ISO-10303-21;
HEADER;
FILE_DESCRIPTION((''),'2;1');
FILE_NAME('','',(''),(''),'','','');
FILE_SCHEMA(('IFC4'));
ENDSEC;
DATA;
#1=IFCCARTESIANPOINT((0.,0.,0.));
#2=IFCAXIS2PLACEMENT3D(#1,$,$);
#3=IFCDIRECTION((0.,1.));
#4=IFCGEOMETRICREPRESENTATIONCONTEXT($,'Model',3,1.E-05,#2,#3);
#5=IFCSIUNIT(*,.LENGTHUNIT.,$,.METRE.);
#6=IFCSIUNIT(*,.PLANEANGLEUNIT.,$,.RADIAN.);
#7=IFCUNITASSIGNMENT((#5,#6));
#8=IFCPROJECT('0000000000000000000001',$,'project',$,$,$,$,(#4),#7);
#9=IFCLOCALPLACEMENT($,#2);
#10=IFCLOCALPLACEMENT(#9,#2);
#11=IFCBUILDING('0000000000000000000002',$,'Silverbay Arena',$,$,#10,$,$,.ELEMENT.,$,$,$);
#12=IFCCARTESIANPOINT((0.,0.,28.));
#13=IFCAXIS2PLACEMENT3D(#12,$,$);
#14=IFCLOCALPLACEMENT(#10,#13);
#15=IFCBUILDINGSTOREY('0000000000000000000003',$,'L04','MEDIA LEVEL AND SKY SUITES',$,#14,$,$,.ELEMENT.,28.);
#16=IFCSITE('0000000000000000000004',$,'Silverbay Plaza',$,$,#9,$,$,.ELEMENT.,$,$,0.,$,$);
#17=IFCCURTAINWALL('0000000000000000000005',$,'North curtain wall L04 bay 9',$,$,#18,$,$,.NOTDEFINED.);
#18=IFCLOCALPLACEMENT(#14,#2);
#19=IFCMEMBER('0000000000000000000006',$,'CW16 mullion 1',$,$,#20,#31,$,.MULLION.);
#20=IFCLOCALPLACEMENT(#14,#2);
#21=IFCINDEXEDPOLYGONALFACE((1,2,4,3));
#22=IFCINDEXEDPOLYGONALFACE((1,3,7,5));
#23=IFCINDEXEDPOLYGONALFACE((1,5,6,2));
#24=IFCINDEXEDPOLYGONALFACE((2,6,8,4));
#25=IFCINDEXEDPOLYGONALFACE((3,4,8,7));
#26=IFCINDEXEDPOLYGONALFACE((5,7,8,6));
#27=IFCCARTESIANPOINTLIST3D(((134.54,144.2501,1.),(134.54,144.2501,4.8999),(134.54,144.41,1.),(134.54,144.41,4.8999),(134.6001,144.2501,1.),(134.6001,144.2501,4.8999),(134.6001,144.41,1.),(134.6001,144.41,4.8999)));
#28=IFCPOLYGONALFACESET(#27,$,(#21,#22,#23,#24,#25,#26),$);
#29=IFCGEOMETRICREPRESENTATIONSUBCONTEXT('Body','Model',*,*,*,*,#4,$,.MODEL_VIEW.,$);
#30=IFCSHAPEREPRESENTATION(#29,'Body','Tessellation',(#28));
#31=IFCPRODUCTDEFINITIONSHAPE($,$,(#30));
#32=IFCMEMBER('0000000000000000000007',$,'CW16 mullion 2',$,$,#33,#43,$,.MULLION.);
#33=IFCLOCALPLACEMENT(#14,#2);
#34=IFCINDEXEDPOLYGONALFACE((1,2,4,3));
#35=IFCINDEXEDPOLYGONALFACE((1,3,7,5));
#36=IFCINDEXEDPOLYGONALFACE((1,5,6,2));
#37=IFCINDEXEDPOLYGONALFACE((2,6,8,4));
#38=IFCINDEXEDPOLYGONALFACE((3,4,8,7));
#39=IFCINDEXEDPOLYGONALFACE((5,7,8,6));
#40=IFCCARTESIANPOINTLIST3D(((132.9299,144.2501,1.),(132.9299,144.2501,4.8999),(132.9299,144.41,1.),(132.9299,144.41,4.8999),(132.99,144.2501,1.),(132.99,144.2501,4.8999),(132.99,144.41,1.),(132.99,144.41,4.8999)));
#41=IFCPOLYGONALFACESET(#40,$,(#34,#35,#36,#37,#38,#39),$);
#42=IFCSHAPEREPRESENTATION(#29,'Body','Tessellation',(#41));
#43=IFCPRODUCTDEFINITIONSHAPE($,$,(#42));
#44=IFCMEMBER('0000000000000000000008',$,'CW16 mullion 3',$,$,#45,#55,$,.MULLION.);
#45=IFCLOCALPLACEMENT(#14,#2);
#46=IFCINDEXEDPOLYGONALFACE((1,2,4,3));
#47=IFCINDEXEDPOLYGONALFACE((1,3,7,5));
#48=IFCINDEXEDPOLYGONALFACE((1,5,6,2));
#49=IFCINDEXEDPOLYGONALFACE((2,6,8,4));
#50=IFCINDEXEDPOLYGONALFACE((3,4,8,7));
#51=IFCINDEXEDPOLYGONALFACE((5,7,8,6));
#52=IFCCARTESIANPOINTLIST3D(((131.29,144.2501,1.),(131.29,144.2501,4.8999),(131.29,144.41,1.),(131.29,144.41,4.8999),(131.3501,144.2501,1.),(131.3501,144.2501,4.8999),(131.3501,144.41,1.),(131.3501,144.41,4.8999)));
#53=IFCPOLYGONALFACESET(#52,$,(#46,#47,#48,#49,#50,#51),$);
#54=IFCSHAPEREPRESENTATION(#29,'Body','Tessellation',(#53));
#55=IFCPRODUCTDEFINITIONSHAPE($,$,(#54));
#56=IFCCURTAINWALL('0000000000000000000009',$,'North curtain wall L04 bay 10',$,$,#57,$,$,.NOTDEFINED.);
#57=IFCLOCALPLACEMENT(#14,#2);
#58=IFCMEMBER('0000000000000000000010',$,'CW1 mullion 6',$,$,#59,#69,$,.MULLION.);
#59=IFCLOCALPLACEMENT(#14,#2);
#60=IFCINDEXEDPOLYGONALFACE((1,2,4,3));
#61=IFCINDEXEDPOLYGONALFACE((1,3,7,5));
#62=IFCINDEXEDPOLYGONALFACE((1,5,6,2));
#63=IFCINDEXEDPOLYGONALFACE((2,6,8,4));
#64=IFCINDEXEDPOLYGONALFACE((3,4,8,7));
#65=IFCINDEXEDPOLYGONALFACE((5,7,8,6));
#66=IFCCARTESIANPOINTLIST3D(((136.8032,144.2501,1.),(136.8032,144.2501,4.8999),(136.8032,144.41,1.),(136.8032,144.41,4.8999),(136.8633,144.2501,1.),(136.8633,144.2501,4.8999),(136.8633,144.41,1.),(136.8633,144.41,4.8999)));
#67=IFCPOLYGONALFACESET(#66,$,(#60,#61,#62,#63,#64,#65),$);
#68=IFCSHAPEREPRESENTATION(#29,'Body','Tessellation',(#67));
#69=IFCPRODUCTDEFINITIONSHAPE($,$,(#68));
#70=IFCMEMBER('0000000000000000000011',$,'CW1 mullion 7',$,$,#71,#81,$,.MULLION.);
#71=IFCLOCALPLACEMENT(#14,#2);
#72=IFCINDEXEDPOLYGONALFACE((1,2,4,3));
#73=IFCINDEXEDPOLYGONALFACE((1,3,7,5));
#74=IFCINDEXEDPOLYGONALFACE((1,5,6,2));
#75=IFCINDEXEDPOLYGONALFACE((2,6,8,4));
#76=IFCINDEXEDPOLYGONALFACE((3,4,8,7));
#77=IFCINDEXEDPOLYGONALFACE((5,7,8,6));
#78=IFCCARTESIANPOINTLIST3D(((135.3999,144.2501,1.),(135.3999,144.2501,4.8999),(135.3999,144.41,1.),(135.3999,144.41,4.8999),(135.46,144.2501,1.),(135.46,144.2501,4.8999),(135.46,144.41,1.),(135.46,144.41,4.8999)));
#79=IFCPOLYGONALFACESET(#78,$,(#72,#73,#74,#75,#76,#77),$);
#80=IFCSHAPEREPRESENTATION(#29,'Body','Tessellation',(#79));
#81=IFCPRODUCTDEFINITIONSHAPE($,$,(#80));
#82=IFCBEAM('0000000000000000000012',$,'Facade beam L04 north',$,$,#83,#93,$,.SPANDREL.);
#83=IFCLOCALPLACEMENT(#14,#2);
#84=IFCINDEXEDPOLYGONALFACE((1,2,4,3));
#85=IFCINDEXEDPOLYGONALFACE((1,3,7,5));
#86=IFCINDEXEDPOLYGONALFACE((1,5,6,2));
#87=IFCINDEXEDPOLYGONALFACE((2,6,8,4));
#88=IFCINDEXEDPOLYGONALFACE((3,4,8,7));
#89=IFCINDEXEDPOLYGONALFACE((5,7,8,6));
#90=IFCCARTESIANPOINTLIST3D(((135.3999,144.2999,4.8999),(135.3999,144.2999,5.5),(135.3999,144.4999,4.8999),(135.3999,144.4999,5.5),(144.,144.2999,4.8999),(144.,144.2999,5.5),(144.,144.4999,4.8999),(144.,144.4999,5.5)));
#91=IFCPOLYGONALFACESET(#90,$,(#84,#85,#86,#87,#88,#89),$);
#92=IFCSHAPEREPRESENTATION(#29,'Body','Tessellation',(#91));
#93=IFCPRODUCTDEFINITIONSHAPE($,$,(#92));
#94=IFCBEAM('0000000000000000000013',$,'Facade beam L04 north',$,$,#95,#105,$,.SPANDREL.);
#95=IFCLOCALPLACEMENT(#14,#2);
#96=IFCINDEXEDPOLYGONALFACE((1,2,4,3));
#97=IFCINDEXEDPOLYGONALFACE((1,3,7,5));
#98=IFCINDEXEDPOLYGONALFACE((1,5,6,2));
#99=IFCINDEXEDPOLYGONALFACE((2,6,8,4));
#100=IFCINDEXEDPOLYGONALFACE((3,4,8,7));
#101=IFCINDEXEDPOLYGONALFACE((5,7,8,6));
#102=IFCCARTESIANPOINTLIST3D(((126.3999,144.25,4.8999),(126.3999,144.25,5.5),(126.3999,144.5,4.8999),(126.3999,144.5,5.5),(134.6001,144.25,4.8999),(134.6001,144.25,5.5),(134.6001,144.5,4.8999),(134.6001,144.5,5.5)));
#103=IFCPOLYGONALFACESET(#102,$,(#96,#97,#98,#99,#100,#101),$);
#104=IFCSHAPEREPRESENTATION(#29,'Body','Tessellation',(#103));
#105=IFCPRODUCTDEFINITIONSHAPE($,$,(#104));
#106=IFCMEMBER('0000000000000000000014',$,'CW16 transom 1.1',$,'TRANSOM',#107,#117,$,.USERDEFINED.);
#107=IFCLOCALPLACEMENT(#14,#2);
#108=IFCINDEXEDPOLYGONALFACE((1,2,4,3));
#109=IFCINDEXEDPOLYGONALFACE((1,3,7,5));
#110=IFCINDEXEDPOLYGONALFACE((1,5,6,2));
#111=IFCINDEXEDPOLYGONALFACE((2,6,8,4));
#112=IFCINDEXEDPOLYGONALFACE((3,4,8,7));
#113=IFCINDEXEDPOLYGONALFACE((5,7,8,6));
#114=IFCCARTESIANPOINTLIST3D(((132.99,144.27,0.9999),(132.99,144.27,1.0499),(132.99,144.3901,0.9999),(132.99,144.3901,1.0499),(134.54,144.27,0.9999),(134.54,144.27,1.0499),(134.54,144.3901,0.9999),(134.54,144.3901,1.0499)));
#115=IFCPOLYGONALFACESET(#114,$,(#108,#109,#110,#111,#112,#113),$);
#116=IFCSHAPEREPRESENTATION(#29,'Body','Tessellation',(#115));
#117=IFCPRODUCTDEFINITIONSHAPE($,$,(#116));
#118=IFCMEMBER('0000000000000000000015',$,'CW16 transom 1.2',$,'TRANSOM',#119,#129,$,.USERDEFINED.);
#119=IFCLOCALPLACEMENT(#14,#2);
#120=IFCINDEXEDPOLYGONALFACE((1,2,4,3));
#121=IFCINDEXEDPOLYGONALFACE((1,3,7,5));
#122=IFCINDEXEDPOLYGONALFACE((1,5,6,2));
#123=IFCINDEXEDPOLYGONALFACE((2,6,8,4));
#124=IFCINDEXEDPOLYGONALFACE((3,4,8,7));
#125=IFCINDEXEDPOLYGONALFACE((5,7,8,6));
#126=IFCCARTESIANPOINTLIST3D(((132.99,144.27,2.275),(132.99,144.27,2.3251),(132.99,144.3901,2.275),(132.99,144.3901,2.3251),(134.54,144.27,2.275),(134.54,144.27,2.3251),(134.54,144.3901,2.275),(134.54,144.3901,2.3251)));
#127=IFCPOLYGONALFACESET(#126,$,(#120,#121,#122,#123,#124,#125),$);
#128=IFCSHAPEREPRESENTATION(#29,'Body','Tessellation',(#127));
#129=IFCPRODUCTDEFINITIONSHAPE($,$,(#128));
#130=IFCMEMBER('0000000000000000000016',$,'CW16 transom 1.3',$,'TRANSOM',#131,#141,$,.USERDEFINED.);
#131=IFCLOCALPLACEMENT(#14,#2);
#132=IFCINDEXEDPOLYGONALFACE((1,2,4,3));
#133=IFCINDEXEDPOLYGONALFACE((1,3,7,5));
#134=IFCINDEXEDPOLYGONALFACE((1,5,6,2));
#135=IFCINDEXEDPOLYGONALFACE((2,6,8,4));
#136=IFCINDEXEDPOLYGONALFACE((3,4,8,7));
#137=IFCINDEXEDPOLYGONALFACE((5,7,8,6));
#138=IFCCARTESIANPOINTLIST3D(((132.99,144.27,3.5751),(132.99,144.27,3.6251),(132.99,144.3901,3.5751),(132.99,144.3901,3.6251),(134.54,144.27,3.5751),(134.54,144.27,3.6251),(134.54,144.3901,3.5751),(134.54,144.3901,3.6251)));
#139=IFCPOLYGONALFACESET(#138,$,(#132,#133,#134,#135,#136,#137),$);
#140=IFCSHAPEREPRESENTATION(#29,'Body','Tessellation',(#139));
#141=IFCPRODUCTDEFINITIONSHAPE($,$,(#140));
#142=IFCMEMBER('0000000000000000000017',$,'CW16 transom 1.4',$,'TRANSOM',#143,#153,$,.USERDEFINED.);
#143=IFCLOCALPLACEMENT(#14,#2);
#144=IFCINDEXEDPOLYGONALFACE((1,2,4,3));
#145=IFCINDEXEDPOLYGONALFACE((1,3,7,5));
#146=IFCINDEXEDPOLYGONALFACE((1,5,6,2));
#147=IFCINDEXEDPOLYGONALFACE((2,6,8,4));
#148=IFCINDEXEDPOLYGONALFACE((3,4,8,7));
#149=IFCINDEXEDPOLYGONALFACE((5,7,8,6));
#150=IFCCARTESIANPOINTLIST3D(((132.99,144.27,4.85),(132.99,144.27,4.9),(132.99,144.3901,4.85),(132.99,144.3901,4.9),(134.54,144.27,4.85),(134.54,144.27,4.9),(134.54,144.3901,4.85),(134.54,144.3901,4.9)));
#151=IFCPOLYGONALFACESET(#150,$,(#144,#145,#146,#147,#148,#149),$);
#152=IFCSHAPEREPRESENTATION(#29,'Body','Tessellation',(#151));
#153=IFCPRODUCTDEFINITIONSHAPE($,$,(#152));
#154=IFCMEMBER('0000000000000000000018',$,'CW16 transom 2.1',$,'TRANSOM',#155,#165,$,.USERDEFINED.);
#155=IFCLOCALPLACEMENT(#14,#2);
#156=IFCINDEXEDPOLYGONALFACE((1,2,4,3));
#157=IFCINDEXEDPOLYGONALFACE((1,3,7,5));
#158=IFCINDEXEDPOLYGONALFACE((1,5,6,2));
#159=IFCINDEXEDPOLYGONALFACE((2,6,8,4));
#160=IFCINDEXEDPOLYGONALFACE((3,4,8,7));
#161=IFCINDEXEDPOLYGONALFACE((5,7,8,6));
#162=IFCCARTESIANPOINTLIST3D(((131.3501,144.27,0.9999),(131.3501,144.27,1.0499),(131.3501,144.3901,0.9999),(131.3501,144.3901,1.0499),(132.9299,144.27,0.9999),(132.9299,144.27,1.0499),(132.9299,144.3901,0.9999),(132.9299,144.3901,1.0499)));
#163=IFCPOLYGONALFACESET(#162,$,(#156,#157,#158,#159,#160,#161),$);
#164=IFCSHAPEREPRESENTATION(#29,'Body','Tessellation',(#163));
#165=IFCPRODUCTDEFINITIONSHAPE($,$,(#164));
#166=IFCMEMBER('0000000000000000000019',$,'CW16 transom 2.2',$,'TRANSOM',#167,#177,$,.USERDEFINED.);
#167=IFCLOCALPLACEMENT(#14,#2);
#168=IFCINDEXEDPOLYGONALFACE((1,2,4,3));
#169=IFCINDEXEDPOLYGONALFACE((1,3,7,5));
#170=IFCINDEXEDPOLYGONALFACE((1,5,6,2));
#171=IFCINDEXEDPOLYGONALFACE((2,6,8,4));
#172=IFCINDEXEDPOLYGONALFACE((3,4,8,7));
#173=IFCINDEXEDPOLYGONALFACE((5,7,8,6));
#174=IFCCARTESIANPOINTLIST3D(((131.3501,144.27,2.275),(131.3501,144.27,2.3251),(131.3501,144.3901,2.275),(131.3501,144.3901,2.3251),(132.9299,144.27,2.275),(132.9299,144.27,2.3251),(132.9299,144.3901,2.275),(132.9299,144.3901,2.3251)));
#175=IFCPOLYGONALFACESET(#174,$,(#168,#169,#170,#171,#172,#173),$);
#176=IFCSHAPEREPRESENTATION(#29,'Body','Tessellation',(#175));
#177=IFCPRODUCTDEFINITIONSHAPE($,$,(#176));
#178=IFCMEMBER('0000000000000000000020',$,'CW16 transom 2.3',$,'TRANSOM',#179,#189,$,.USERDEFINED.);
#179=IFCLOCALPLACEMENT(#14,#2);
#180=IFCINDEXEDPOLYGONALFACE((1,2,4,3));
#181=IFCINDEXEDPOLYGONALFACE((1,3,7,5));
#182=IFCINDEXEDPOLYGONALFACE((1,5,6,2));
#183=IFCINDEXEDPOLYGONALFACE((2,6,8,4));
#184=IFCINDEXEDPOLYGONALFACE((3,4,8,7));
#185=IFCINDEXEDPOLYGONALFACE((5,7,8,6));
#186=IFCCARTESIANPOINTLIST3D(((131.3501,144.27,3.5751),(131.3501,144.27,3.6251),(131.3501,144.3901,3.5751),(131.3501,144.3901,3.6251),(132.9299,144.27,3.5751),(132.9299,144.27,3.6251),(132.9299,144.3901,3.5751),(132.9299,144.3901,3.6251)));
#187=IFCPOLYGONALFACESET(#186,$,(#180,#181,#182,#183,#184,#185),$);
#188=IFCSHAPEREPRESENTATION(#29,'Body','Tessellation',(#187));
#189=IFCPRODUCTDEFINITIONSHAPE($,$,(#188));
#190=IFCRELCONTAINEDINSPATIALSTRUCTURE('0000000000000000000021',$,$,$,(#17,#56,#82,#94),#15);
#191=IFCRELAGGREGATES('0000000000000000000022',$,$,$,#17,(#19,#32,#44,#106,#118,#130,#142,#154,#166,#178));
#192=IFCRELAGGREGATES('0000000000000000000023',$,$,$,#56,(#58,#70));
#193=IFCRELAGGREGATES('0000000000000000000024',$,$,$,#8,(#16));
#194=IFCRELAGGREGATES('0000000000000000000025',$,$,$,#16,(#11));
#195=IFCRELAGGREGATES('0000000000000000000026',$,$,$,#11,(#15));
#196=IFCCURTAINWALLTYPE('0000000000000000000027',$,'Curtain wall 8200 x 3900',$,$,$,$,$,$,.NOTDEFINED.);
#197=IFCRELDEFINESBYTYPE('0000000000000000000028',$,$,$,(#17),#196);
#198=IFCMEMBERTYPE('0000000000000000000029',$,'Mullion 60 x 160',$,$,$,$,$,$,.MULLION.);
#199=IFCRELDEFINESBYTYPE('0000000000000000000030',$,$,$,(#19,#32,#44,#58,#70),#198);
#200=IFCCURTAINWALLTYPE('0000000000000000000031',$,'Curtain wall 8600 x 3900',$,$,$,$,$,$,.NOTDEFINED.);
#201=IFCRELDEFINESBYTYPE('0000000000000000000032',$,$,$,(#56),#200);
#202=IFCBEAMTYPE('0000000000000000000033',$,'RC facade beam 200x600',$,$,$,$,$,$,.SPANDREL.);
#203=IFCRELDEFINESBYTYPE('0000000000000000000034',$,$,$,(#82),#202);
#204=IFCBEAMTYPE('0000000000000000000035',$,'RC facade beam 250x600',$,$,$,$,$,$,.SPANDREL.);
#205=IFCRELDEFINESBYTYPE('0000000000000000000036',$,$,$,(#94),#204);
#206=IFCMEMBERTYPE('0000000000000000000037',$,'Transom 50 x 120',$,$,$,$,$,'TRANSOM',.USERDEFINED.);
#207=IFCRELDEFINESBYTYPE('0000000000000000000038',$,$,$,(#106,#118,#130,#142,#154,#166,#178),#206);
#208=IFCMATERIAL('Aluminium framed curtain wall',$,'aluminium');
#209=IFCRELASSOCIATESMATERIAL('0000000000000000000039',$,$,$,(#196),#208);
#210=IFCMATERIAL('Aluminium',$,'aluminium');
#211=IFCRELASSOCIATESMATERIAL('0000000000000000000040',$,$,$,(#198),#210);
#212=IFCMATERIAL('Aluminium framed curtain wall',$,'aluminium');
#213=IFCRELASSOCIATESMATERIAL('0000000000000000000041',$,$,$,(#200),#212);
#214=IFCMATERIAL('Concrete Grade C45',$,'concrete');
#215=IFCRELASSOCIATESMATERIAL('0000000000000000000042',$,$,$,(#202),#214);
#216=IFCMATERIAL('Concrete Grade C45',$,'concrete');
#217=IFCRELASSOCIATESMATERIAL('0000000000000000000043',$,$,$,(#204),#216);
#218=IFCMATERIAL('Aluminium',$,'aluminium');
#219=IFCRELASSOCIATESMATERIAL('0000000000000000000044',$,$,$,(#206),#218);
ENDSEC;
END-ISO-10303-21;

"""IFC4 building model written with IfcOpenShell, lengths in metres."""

from ifc_helpers import new_model, si_unit, direction, frame, origin, origin_2d, place, context, subcontext, project, spatial, rectangle, extrude, material, material_profile, profile_set, type_object, element, aggregate, save


model = new_model("IFC4")

# Units and contexts
model_context = context("Model", 3, precision=1e-05, world=origin(), true_north=direction((0.0, 1.0)))
body_context = subcontext(model_context, "Body", "Model", "MODEL_VIEW")
ifc_project = project(units=[si_unit("LENGTHUNIT", "METRE"), si_unit("PLANEANGLEUNIT", "RADIAN")], contexts=[model_context])

# Site, building, storey
site_placement = place(None, origin())
site = spatial("IfcSite", under=ifc_project, at=site_placement, Name="Silverbay Plaza", CompositionType="ELEMENT", RefElevation=0.0)
building_placement = place(site_placement, origin())
building = spatial("IfcBuilding", under=site, at=building_placement, Name="Silverbay Arena", CompositionType="ELEMENT")
storey_placement = place(building_placement, frame((0.0, 0.0, 28.0)))
storey = spatial("IfcBuildingStorey", under=building, at=storey_placement, Name="L04", Description="MEDIA LEVEL AND SKY SUITES", CompositionType="ELEMENT", Elevation=28.0)

# Curtain walls, members
ifc_material_1 = material(Name="Aluminium framed curtain wall", Category="aluminium")
curtain_wall_type_1 = type_object("IfcCurtainWallType", Name="Curtain wall 8200 x 3900", PredefinedType="NOTDEFINED", material=ifc_material_1)
curtain_wall_1_placement = place(storey_placement, origin())
curtain_wall_1 = element("IfcCurtainWall", 1, at=curtain_wall_1_placement, inside=storey, type_object=curtain_wall_type_1, Name="North curtain wall L04 bay 9", PredefinedType="NOTDEFINED")
ifc_material_2 = material(Name="Aluminium", Category="aluminium")
ifc_material_profile_1 = material_profile(ifc_material_2, rectangle(XDim=0.1599, YDim=0.0601, at=origin_2d()), Name="Mullion 60 x 160")
ifc_profile_set_1 = profile_set([ifc_material_profile_1], Name="Aluminium")
member_type_1 = type_object("IfcMemberType", Name="Mullion 60 x 160", PredefinedType="MULLION", material=ifc_profile_set_1)
member_1_placement = place(storey_placement, frame((134.5701, 144.3301, 1.0), z_axis=(0.0, 0.0, 1.0), x_axis=(0.0, -1.0, 0.0)))
member_1 = element("IfcMember", 2, at=member_1_placement, type_object=member_type_1, Name="CW16 mullion 1", PredefinedType="MULLION", context=body_context, shape_type="SweptSolid", body=[
    extrude(rectangle(XDim=0.1599, YDim=0.0601, at=origin_2d()), origin(), (0.0, 0.0, 1.0), 3.8999),
])
member_2_placement = place(storey_placement, frame((132.96, 144.3301, 1.0), z_axis=(0.0, 0.0, 1.0), x_axis=(0.0, -1.0, 0.0)))
member_2 = element("IfcMember", 3, at=member_2_placement, type_object=member_type_1, Name="CW16 mullion 2", PredefinedType="MULLION", context=body_context, shape_type="SweptSolid", body=[
    extrude(rectangle(XDim=0.1599, YDim=0.0601, at=origin_2d()), origin(), (0.0, 0.0, 1.0), 3.8999),
])
member_3_placement = place(storey_placement, frame((131.3201, 144.3301, 1.0), z_axis=(0.0, 0.0, 1.0), x_axis=(0.0, -1.0, 0.0)))
member_3 = element("IfcMember", 4, at=member_3_placement, type_object=member_type_1, Name="CW16 mullion 3", PredefinedType="MULLION", context=body_context, shape_type="SweptSolid", body=[
    extrude(rectangle(XDim=0.1599, YDim=0.0601, at=origin_2d()), origin(), (0.0, 0.0, 1.0), 3.8999),
])
ifc_material_3 = material(Name="Aluminium framed curtain wall", Category="aluminium")
curtain_wall_type_2 = type_object("IfcCurtainWallType", Name="Curtain wall 8600 x 3900", PredefinedType="NOTDEFINED", material=ifc_material_3)
curtain_wall_2_placement = place(storey_placement, origin())
curtain_wall_2 = element("IfcCurtainWall", 5, at=curtain_wall_2_placement, inside=storey, type_object=curtain_wall_type_2, Name="North curtain wall L04 bay 10", PredefinedType="NOTDEFINED")
member_4_placement = place(storey_placement, frame((136.8333, 144.3301, 1.0), z_axis=(0.0, 0.0, 1.0), x_axis=(0.0, -1.0, 0.0)))
member_4 = element("IfcMember", 6, at=member_4_placement, type_object=member_type_1, Name="CW1 mullion 6", PredefinedType="MULLION", context=body_context, shape_type="SweptSolid", body=[
    extrude(rectangle(XDim=0.1599, YDim=0.0601, at=origin_2d()), origin(), (0.0, 0.0, 1.0), 3.8999),
])
member_5_placement = place(storey_placement, frame((135.4299, 144.3301, 1.0), z_axis=(0.0, 0.0, 1.0), x_axis=(0.0, -1.0, 0.0)))
member_5 = element("IfcMember", 7, at=member_5_placement, type_object=member_type_1, Name="CW1 mullion 7", PredefinedType="MULLION", context=body_context, shape_type="SweptSolid", body=[
    extrude(rectangle(XDim=0.1599, YDim=0.0601, at=origin_2d()), origin(), (0.0, 0.0, 1.0), 3.8999),
])

# Beams
ifc_material_4 = material(Name="Concrete Grade C45", Category="concrete")
ifc_material_profile_2 = material_profile(ifc_material_4, rectangle(XDim=0.2, YDim=0.6001, at=origin_2d()), Name="RC 200x600")
ifc_profile_set_2 = profile_set([ifc_material_profile_2], Name="Concrete Grade C45")
beam_type_1 = type_object("IfcBeamType", Name="RC facade beam 200x600", PredefinedType="SPANDREL", material=ifc_profile_set_2)
beam_1_placement = place(storey_placement, frame((135.3999, 144.3999, 5.2), z_axis=(1.0, 0.0, 0.0), x_axis=(0.0, 1.0, 0.0)))
element("IfcBeam", 8, at=beam_1_placement, inside=storey, type_object=beam_type_1, Name="Facade beam L04 north", PredefinedType="SPANDREL", context=body_context, shape_type="SweptSolid", body=[
    extrude(rectangle(XDim=0.2, YDim=0.6001, at=origin_2d()), origin(), (0.0, 0.0, 1.0), 8.6001),
])
ifc_material_5 = material(Name="Concrete Grade C45", Category="concrete")
ifc_material_profile_3 = material_profile(ifc_material_5, rectangle(XDim=0.25, YDim=0.6001, at=origin_2d()), Name="RC 250x600")
ifc_profile_set_3 = profile_set([ifc_material_profile_3], Name="Concrete Grade C45")
beam_type_2 = type_object("IfcBeamType", Name="RC facade beam 250x600", PredefinedType="SPANDREL", material=ifc_profile_set_3)
beam_2_placement = place(storey_placement, frame((126.3999, 144.375, 5.2), z_axis=(1.0, 0.0, 0.0), x_axis=(0.0, 1.0, 0.0)))
element("IfcBeam", 9, at=beam_2_placement, inside=storey, type_object=beam_type_2, Name="Facade beam L04 north", PredefinedType="SPANDREL", context=body_context, shape_type="SweptSolid", body=[
    extrude(rectangle(XDim=0.25, YDim=0.6001, at=origin_2d()), origin(), (0.0, 0.0, 1.0), 8.2002),
])

# Members
ifc_material_6 = material(Name="Aluminium", Category="aluminium")
ifc_material_profile_4 = material_profile(ifc_material_6, rectangle(XDim=0.1201, YDim=0.05, at=origin_2d()), Name="Transom 50 x 120")
ifc_profile_set_4 = profile_set([ifc_material_profile_4], Name="Aluminium")
member_type_2 = type_object("IfcMemberType", Name="Transom 50 x 120", ElementType="TRANSOM", PredefinedType="USERDEFINED", material=ifc_profile_set_4)
member_6_placement = place(storey_placement, frame((134.54, 144.3301, 1.0249), z_axis=(-1.0, 0.0, 0.0), x_axis=(0.0, -1.0, 0.0)))
member_6 = element("IfcMember", 10, at=member_6_placement, type_object=member_type_2, Name="CW16 transom 1.1", ObjectType="TRANSOM", PredefinedType="USERDEFINED", context=body_context, shape_type="SweptSolid", body=[
    extrude(rectangle(XDim=0.1201, YDim=0.05, at=origin_2d()), origin(), (0.0, 0.0, 1.0), 1.55),
])
member_7_placement = place(storey_placement, frame((134.54, 144.3301, 2.3), z_axis=(-1.0, 0.0, 0.0), x_axis=(0.0, -1.0, 0.0)))
member_7 = element("IfcMember", 11, at=member_7_placement, type_object=member_type_2, Name="CW16 transom 1.2", ObjectType="TRANSOM", PredefinedType="USERDEFINED", context=body_context, shape_type="SweptSolid", body=[
    extrude(rectangle(XDim=0.1201, YDim=0.05, at=origin_2d()), origin(), (0.0, 0.0, 1.0), 1.55),
])
member_8_placement = place(storey_placement, frame((134.54, 144.3301, 3.6001), z_axis=(-1.0, 0.0, 0.0), x_axis=(0.0, -1.0, 0.0)))
member_8 = element("IfcMember", 12, at=member_8_placement, type_object=member_type_2, Name="CW16 transom 1.3", ObjectType="TRANSOM", PredefinedType="USERDEFINED", context=body_context, shape_type="SweptSolid", body=[
    extrude(rectangle(XDim=0.1201, YDim=0.05, at=origin_2d()), origin(), (0.0, 0.0, 1.0), 1.55),
])
member_9_placement = place(storey_placement, frame((134.54, 144.3301, 4.875), z_axis=(-1.0, 0.0, 0.0), x_axis=(0.0, -1.0, 0.0)))
member_9 = element("IfcMember", 13, at=member_9_placement, type_object=member_type_2, Name="CW16 transom 1.4", ObjectType="TRANSOM", PredefinedType="USERDEFINED", context=body_context, shape_type="SweptSolid", body=[
    extrude(rectangle(XDim=0.1201, YDim=0.05, at=origin_2d()), origin(), (0.0, 0.0, 1.0), 1.55),
])
member_10_placement = place(storey_placement, frame((132.9299, 144.3301, 1.0249), z_axis=(-1.0, 0.0, 0.0), x_axis=(0.0, -1.0, 0.0)))
member_10 = element("IfcMember", 14, at=member_10_placement, type_object=member_type_2, Name="CW16 transom 2.1", ObjectType="TRANSOM", PredefinedType="USERDEFINED", context=body_context, shape_type="SweptSolid", body=[
    extrude(rectangle(XDim=0.1201, YDim=0.05, at=origin_2d()), origin(), (0.0, 0.0, 1.0), 1.5798),
])
member_11_placement = place(storey_placement, frame((132.9299, 144.3301, 2.3), z_axis=(-1.0, 0.0, 0.0), x_axis=(0.0, -1.0, 0.0)))
member_11 = element("IfcMember", 15, at=member_11_placement, type_object=member_type_2, Name="CW16 transom 2.2", ObjectType="TRANSOM", PredefinedType="USERDEFINED", context=body_context, shape_type="SweptSolid", body=[
    extrude(rectangle(XDim=0.1201, YDim=0.05, at=origin_2d()), origin(), (0.0, 0.0, 1.0), 1.5798),
])
member_12_placement = place(storey_placement, frame((132.9299, 144.3301, 3.6001), z_axis=(-1.0, 0.0, 0.0), x_axis=(0.0, -1.0, 0.0)))
member_12 = element("IfcMember", 16, at=member_12_placement, type_object=member_type_2, Name="CW16 transom 2.3", ObjectType="TRANSOM", PredefinedType="USERDEFINED", context=body_context, shape_type="SweptSolid", body=[
    extrude(rectangle(XDim=0.1201, YDim=0.05, at=origin_2d()), origin(), (0.0, 0.0, 1.0), 1.5798),
])

aggregate(curtain_wall_1, [member_1, member_2, member_3, member_6, member_7, member_8, member_9, member_10, member_11, member_12])
aggregate(curtain_wall_2, [member_4, member_5])

save(model, "model.ifc")
